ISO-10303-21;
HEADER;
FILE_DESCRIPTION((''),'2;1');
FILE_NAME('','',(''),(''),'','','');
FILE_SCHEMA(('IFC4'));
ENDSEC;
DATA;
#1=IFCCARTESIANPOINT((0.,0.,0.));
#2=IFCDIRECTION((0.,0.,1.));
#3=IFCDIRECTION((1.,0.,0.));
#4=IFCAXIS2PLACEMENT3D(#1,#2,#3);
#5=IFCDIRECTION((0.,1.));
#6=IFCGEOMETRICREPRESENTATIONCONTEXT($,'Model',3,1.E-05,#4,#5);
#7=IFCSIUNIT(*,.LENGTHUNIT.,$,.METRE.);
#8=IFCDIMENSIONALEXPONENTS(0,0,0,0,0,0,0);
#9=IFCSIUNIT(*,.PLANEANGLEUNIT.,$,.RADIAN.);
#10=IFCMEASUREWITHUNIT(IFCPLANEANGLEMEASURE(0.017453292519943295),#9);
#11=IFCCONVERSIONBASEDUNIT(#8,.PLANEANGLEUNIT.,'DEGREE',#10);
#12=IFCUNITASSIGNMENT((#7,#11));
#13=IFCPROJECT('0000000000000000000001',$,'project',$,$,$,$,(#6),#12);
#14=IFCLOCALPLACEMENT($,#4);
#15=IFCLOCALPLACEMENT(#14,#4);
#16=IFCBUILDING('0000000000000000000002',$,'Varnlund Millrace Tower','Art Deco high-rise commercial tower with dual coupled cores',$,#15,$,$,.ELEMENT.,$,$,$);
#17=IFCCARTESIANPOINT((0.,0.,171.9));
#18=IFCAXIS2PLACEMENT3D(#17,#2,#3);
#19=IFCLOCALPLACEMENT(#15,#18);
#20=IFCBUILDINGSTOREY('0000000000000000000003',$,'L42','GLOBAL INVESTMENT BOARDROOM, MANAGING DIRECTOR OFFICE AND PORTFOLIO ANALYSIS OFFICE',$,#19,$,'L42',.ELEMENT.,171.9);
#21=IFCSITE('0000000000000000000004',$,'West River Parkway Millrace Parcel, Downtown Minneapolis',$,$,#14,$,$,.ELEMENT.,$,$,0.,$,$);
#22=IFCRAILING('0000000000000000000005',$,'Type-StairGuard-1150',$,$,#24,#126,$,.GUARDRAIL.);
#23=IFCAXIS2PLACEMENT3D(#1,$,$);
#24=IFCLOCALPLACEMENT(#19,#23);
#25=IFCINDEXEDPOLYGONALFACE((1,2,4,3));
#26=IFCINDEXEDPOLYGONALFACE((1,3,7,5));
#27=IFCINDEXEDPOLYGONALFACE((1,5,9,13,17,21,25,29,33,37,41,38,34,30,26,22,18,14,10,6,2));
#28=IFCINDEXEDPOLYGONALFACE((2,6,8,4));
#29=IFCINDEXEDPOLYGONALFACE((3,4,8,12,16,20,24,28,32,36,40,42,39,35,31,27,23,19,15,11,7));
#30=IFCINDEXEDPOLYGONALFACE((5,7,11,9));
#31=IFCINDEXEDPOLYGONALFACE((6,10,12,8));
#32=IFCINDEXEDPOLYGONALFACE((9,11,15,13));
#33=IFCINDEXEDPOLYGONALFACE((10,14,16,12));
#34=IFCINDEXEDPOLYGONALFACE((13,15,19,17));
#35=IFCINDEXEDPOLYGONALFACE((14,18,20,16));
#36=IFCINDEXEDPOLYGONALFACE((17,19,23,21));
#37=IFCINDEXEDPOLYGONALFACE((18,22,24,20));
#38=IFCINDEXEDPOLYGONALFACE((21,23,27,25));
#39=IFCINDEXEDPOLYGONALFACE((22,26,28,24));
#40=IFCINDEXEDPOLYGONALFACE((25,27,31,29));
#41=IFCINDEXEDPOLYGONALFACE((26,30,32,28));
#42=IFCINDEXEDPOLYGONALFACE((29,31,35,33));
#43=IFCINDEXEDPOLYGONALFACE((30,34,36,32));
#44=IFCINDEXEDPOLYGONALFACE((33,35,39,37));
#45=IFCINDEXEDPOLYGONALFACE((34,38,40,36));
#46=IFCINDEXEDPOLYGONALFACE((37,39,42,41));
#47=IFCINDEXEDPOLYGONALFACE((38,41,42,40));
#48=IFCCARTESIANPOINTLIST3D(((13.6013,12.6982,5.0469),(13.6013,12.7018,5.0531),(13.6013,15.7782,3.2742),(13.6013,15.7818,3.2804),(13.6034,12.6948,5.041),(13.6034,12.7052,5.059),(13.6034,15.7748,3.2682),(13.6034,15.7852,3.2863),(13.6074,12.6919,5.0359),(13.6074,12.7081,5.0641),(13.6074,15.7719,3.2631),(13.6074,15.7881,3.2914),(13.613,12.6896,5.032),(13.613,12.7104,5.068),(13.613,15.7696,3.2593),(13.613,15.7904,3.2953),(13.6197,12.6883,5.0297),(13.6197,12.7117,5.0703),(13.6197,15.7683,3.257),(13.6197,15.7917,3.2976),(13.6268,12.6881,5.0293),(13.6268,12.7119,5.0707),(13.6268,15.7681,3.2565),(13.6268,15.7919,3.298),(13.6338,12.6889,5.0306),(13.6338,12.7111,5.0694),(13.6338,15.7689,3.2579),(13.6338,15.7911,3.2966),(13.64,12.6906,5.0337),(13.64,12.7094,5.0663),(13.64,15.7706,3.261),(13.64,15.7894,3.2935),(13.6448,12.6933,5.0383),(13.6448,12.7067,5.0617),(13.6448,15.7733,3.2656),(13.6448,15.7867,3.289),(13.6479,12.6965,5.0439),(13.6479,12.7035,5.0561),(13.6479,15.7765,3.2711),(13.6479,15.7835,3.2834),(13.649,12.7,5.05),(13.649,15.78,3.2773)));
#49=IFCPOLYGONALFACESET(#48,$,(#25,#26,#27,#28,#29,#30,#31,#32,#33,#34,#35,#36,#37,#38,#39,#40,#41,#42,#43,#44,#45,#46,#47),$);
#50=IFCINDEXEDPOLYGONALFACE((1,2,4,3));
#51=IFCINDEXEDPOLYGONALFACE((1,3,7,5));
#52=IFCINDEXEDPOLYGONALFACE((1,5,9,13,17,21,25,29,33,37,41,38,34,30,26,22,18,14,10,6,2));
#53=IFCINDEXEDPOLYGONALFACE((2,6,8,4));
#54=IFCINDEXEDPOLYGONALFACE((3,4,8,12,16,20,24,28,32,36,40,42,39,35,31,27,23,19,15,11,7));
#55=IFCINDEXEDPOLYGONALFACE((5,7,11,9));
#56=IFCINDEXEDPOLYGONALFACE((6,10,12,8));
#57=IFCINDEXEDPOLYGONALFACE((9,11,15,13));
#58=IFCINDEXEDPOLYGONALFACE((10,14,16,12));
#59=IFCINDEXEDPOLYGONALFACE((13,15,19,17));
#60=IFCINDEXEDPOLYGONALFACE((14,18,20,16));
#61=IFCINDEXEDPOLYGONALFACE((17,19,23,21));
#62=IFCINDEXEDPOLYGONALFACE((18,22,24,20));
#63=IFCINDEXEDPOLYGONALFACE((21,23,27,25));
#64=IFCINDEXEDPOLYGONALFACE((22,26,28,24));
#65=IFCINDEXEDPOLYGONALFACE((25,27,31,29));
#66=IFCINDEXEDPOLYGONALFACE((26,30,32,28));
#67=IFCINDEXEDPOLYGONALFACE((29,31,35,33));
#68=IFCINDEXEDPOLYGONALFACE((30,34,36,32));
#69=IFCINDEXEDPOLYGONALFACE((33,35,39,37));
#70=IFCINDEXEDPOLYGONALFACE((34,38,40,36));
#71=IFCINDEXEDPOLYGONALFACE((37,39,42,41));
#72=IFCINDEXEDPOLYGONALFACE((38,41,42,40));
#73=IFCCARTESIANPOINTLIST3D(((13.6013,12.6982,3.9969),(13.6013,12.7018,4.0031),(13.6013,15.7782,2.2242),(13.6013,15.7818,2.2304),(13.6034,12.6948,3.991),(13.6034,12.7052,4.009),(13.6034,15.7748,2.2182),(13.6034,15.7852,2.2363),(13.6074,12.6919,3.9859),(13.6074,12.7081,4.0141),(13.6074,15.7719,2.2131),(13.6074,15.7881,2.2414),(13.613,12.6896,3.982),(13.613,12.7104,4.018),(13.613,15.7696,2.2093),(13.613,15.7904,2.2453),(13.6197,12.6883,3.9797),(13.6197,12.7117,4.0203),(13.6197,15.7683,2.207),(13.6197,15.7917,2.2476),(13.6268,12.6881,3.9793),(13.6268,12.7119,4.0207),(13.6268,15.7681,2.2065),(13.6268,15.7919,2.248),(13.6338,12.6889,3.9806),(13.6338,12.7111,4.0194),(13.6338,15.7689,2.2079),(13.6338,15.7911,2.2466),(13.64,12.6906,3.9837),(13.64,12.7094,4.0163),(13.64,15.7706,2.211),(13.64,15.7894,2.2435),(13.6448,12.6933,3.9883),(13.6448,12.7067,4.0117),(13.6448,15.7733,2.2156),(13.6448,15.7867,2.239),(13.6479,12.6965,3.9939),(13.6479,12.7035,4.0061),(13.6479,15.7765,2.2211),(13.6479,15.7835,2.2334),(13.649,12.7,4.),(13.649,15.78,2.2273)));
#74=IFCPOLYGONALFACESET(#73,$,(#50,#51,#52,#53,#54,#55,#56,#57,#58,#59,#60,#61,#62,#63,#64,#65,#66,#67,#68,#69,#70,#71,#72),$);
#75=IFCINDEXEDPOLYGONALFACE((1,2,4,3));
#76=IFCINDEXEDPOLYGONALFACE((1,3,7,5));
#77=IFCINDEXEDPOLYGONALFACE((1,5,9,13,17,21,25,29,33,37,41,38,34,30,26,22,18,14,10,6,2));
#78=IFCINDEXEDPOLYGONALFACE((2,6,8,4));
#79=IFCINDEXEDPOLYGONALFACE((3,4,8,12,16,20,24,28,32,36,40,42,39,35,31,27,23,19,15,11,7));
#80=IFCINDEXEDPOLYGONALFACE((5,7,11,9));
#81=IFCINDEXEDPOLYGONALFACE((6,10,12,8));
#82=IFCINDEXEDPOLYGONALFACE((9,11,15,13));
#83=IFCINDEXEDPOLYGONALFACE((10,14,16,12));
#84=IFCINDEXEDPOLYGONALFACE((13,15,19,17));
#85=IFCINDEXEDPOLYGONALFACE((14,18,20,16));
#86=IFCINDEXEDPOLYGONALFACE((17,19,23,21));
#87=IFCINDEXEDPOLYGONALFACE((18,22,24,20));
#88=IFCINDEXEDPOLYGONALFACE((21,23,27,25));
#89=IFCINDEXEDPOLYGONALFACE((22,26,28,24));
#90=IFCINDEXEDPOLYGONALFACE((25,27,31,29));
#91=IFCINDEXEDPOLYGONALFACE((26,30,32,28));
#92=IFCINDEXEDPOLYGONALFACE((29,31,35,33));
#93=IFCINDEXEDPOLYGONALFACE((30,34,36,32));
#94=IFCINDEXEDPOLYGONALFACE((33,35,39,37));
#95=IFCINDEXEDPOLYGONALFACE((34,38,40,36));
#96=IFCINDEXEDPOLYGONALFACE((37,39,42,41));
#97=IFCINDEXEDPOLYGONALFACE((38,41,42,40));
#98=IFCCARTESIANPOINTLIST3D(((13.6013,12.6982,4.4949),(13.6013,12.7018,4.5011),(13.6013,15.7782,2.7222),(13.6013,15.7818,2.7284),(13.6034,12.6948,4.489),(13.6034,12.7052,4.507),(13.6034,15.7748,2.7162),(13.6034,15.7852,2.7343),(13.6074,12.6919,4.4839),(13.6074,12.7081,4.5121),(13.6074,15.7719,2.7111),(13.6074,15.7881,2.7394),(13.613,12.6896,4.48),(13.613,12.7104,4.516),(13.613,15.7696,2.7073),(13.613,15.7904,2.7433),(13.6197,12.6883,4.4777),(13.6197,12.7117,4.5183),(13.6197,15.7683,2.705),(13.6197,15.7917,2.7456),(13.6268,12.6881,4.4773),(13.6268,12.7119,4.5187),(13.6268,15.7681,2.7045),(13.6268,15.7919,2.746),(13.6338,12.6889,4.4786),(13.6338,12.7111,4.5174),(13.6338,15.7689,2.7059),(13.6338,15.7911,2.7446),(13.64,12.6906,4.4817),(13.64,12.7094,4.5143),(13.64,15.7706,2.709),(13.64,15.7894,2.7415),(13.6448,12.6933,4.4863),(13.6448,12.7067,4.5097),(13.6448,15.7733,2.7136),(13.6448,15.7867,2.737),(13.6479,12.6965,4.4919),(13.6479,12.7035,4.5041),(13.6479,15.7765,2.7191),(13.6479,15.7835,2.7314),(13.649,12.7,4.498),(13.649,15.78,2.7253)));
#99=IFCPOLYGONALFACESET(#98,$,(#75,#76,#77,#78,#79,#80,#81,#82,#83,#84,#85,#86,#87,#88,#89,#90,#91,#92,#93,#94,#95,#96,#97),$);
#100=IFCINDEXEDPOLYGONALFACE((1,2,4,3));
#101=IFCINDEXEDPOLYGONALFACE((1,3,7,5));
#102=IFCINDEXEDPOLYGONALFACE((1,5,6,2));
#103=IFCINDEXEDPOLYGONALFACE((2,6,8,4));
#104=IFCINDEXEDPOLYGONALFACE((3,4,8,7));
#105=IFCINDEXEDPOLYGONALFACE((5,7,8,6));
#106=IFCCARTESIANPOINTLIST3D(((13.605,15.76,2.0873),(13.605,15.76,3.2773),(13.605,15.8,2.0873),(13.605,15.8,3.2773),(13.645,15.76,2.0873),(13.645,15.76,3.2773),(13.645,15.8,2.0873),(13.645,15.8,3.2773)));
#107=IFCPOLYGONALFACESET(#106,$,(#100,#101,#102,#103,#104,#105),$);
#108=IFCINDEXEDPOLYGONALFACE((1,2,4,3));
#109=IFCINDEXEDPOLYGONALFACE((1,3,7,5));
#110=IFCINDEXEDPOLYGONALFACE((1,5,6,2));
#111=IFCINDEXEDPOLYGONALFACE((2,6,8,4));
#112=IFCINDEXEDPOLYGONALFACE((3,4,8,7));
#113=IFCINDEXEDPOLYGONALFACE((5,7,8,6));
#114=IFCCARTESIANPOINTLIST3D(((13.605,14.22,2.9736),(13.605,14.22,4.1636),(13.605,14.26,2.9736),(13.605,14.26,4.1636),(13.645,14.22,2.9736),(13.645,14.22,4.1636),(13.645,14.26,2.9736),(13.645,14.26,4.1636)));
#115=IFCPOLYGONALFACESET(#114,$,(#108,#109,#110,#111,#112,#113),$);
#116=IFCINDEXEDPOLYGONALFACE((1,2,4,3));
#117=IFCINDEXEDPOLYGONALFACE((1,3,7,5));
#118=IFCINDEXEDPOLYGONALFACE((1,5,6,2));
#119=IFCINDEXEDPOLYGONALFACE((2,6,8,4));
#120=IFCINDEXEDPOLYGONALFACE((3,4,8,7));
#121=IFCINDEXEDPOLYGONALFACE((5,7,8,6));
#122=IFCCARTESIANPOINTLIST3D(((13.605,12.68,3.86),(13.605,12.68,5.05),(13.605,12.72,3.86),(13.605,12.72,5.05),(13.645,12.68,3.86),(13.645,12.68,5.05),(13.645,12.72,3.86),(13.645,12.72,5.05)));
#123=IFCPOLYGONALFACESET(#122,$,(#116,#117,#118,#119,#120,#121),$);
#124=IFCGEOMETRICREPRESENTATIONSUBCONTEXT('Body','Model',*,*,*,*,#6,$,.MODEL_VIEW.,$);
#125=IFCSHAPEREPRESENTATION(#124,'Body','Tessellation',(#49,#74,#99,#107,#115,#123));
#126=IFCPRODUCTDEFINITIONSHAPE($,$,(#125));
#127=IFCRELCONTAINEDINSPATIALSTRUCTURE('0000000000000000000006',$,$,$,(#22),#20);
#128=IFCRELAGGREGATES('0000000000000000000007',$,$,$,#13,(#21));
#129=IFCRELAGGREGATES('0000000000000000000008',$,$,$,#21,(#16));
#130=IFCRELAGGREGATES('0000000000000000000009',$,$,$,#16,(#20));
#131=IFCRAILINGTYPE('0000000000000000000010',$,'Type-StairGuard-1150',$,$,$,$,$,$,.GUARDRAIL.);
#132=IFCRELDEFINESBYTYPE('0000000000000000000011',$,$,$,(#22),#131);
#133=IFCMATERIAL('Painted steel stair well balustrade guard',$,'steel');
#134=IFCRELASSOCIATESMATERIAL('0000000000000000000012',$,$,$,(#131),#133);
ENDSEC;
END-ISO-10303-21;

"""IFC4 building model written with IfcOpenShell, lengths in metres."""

from ifc_helpers import new_model, entity, si_unit, converted_unit, direction, frame, origin_with_axes, origin_2d_with_axis, place, context, subcontext, project, spatial, rectangle, circle, extrude, material, type_object, element, save


model = new_model("IFC4")

# Units and contexts
model_context = context("Model", 3, precision=1e-05, world=origin_with_axes(), true_north=direction((0.0, 1.0)))
body_context = subcontext(model_context, "Body", "Model", "MODEL_VIEW")
ifc_project = project(units=[si_unit("LENGTHUNIT", "METRE"), converted_unit("PLANEANGLEUNIT", "DEGREE", entity("IfcPlaneAngleMeasure", 0.017453292519943295), si_unit("PLANEANGLEUNIT", "RADIAN"), dimensions=[0, 0, 0, 0, 0, 0, 0])], contexts=[model_context])

# Site, building, storey
site_placement = place(None, origin_with_axes())
site = spatial("IfcSite", under=ifc_project, at=site_placement, Name="West River Parkway Millrace Parcel, Downtown Minneapolis", CompositionType="ELEMENT", RefElevation=0.0)
building_placement = place(site_placement, origin_with_axes())
building = spatial("IfcBuilding", under=site, at=building_placement, Name="Varnlund Millrace Tower", Description="Art Deco high-rise commercial tower with dual coupled cores", CompositionType="ELEMENT")
storey_placement = place(building_placement, frame((0.0, 0.0, 171.9), z_axis=(0.0, 0.0, 1.0), x_axis=(1.0, 0.0, 0.0)))
storey = spatial("IfcBuildingStorey", under=building, at=storey_placement, Name="L42", Description="GLOBAL INVESTMENT BOARDROOM, MANAGING DIRECTOR OFFICE AND PORTFOLIO ANALYSIS OFFICE", LongName="L42", CompositionType="ELEMENT", Elevation=171.9)

# Railing
ifc_material_1 = material(Name="Painted steel stair well balustrade guard", Category="steel")
railing_type_1 = type_object("IfcRailingType", Name="Type-StairGuard-1150", PredefinedType="GUARDRAIL", material=ifc_material_1)
railing_1_placement = place(storey_placement, frame((0.0, 0.0, -171.9), z_axis=(0.0, 0.0, 1.0), x_axis=(1.0, 0.0, 0.0)))
element("IfcRailing", 1, at=railing_1_placement, inside=storey, type_object=railing_type_1, Name="Type-StairGuard-1150", PredefinedType="GUARDRAIL", context=body_context, shape_type="SweptSolid", body=[
    extrude(circle(Radius=0.024, at=origin_2d_with_axis()), frame((13.625, 15.78, 175.1773), z_axis=(0.0, -0.866696, 0.498836), x_axis=(1.0, 0.0, 0.0)), (0.0, 0.0, 1.0), 3.5537),
    extrude(circle(Radius=0.024, at=origin_2d_with_axis()), frame((13.625, 15.78, 174.1273), z_axis=(0.0, -0.866696, 0.498836), x_axis=(1.0, 0.0, 0.0)), (0.0, 0.0, 1.0), 3.5537),
    extrude(circle(Radius=0.024, at=origin_2d_with_axis()), frame((13.625, 15.78, 174.6253), z_axis=(0.0, -0.866696, 0.498836), x_axis=(1.0, 0.0, 0.0)), (0.0, 0.0, 1.0), 3.5537),
    extrude(rectangle(XDim=0.04, YDim=0.04, at=origin_2d_with_axis()), frame((13.625, 15.78, 173.9873), z_axis=(0.0, 0.0, 1.0), x_axis=(1.0, 0.0, 0.0)), (0.0, 0.0, 1.0), 1.19),
    extrude(rectangle(XDim=0.04, YDim=0.04, at=origin_2d_with_axis()), frame((13.625, 14.24, 174.8736), z_axis=(0.0, 0.0, 1.0), x_axis=(1.0, 0.0, 0.0)), (0.0, 0.0, 1.0), 1.19),
    extrude(rectangle(XDim=0.04, YDim=0.04, at=origin_2d_with_axis()), frame((13.625, 12.7, 175.76), z_axis=(0.0, 0.0, 1.0), x_axis=(1.0, 0.0, 0.0)), (0.0, 0.0, 1.0), 1.19),
])

save(model, "model.ifc")
